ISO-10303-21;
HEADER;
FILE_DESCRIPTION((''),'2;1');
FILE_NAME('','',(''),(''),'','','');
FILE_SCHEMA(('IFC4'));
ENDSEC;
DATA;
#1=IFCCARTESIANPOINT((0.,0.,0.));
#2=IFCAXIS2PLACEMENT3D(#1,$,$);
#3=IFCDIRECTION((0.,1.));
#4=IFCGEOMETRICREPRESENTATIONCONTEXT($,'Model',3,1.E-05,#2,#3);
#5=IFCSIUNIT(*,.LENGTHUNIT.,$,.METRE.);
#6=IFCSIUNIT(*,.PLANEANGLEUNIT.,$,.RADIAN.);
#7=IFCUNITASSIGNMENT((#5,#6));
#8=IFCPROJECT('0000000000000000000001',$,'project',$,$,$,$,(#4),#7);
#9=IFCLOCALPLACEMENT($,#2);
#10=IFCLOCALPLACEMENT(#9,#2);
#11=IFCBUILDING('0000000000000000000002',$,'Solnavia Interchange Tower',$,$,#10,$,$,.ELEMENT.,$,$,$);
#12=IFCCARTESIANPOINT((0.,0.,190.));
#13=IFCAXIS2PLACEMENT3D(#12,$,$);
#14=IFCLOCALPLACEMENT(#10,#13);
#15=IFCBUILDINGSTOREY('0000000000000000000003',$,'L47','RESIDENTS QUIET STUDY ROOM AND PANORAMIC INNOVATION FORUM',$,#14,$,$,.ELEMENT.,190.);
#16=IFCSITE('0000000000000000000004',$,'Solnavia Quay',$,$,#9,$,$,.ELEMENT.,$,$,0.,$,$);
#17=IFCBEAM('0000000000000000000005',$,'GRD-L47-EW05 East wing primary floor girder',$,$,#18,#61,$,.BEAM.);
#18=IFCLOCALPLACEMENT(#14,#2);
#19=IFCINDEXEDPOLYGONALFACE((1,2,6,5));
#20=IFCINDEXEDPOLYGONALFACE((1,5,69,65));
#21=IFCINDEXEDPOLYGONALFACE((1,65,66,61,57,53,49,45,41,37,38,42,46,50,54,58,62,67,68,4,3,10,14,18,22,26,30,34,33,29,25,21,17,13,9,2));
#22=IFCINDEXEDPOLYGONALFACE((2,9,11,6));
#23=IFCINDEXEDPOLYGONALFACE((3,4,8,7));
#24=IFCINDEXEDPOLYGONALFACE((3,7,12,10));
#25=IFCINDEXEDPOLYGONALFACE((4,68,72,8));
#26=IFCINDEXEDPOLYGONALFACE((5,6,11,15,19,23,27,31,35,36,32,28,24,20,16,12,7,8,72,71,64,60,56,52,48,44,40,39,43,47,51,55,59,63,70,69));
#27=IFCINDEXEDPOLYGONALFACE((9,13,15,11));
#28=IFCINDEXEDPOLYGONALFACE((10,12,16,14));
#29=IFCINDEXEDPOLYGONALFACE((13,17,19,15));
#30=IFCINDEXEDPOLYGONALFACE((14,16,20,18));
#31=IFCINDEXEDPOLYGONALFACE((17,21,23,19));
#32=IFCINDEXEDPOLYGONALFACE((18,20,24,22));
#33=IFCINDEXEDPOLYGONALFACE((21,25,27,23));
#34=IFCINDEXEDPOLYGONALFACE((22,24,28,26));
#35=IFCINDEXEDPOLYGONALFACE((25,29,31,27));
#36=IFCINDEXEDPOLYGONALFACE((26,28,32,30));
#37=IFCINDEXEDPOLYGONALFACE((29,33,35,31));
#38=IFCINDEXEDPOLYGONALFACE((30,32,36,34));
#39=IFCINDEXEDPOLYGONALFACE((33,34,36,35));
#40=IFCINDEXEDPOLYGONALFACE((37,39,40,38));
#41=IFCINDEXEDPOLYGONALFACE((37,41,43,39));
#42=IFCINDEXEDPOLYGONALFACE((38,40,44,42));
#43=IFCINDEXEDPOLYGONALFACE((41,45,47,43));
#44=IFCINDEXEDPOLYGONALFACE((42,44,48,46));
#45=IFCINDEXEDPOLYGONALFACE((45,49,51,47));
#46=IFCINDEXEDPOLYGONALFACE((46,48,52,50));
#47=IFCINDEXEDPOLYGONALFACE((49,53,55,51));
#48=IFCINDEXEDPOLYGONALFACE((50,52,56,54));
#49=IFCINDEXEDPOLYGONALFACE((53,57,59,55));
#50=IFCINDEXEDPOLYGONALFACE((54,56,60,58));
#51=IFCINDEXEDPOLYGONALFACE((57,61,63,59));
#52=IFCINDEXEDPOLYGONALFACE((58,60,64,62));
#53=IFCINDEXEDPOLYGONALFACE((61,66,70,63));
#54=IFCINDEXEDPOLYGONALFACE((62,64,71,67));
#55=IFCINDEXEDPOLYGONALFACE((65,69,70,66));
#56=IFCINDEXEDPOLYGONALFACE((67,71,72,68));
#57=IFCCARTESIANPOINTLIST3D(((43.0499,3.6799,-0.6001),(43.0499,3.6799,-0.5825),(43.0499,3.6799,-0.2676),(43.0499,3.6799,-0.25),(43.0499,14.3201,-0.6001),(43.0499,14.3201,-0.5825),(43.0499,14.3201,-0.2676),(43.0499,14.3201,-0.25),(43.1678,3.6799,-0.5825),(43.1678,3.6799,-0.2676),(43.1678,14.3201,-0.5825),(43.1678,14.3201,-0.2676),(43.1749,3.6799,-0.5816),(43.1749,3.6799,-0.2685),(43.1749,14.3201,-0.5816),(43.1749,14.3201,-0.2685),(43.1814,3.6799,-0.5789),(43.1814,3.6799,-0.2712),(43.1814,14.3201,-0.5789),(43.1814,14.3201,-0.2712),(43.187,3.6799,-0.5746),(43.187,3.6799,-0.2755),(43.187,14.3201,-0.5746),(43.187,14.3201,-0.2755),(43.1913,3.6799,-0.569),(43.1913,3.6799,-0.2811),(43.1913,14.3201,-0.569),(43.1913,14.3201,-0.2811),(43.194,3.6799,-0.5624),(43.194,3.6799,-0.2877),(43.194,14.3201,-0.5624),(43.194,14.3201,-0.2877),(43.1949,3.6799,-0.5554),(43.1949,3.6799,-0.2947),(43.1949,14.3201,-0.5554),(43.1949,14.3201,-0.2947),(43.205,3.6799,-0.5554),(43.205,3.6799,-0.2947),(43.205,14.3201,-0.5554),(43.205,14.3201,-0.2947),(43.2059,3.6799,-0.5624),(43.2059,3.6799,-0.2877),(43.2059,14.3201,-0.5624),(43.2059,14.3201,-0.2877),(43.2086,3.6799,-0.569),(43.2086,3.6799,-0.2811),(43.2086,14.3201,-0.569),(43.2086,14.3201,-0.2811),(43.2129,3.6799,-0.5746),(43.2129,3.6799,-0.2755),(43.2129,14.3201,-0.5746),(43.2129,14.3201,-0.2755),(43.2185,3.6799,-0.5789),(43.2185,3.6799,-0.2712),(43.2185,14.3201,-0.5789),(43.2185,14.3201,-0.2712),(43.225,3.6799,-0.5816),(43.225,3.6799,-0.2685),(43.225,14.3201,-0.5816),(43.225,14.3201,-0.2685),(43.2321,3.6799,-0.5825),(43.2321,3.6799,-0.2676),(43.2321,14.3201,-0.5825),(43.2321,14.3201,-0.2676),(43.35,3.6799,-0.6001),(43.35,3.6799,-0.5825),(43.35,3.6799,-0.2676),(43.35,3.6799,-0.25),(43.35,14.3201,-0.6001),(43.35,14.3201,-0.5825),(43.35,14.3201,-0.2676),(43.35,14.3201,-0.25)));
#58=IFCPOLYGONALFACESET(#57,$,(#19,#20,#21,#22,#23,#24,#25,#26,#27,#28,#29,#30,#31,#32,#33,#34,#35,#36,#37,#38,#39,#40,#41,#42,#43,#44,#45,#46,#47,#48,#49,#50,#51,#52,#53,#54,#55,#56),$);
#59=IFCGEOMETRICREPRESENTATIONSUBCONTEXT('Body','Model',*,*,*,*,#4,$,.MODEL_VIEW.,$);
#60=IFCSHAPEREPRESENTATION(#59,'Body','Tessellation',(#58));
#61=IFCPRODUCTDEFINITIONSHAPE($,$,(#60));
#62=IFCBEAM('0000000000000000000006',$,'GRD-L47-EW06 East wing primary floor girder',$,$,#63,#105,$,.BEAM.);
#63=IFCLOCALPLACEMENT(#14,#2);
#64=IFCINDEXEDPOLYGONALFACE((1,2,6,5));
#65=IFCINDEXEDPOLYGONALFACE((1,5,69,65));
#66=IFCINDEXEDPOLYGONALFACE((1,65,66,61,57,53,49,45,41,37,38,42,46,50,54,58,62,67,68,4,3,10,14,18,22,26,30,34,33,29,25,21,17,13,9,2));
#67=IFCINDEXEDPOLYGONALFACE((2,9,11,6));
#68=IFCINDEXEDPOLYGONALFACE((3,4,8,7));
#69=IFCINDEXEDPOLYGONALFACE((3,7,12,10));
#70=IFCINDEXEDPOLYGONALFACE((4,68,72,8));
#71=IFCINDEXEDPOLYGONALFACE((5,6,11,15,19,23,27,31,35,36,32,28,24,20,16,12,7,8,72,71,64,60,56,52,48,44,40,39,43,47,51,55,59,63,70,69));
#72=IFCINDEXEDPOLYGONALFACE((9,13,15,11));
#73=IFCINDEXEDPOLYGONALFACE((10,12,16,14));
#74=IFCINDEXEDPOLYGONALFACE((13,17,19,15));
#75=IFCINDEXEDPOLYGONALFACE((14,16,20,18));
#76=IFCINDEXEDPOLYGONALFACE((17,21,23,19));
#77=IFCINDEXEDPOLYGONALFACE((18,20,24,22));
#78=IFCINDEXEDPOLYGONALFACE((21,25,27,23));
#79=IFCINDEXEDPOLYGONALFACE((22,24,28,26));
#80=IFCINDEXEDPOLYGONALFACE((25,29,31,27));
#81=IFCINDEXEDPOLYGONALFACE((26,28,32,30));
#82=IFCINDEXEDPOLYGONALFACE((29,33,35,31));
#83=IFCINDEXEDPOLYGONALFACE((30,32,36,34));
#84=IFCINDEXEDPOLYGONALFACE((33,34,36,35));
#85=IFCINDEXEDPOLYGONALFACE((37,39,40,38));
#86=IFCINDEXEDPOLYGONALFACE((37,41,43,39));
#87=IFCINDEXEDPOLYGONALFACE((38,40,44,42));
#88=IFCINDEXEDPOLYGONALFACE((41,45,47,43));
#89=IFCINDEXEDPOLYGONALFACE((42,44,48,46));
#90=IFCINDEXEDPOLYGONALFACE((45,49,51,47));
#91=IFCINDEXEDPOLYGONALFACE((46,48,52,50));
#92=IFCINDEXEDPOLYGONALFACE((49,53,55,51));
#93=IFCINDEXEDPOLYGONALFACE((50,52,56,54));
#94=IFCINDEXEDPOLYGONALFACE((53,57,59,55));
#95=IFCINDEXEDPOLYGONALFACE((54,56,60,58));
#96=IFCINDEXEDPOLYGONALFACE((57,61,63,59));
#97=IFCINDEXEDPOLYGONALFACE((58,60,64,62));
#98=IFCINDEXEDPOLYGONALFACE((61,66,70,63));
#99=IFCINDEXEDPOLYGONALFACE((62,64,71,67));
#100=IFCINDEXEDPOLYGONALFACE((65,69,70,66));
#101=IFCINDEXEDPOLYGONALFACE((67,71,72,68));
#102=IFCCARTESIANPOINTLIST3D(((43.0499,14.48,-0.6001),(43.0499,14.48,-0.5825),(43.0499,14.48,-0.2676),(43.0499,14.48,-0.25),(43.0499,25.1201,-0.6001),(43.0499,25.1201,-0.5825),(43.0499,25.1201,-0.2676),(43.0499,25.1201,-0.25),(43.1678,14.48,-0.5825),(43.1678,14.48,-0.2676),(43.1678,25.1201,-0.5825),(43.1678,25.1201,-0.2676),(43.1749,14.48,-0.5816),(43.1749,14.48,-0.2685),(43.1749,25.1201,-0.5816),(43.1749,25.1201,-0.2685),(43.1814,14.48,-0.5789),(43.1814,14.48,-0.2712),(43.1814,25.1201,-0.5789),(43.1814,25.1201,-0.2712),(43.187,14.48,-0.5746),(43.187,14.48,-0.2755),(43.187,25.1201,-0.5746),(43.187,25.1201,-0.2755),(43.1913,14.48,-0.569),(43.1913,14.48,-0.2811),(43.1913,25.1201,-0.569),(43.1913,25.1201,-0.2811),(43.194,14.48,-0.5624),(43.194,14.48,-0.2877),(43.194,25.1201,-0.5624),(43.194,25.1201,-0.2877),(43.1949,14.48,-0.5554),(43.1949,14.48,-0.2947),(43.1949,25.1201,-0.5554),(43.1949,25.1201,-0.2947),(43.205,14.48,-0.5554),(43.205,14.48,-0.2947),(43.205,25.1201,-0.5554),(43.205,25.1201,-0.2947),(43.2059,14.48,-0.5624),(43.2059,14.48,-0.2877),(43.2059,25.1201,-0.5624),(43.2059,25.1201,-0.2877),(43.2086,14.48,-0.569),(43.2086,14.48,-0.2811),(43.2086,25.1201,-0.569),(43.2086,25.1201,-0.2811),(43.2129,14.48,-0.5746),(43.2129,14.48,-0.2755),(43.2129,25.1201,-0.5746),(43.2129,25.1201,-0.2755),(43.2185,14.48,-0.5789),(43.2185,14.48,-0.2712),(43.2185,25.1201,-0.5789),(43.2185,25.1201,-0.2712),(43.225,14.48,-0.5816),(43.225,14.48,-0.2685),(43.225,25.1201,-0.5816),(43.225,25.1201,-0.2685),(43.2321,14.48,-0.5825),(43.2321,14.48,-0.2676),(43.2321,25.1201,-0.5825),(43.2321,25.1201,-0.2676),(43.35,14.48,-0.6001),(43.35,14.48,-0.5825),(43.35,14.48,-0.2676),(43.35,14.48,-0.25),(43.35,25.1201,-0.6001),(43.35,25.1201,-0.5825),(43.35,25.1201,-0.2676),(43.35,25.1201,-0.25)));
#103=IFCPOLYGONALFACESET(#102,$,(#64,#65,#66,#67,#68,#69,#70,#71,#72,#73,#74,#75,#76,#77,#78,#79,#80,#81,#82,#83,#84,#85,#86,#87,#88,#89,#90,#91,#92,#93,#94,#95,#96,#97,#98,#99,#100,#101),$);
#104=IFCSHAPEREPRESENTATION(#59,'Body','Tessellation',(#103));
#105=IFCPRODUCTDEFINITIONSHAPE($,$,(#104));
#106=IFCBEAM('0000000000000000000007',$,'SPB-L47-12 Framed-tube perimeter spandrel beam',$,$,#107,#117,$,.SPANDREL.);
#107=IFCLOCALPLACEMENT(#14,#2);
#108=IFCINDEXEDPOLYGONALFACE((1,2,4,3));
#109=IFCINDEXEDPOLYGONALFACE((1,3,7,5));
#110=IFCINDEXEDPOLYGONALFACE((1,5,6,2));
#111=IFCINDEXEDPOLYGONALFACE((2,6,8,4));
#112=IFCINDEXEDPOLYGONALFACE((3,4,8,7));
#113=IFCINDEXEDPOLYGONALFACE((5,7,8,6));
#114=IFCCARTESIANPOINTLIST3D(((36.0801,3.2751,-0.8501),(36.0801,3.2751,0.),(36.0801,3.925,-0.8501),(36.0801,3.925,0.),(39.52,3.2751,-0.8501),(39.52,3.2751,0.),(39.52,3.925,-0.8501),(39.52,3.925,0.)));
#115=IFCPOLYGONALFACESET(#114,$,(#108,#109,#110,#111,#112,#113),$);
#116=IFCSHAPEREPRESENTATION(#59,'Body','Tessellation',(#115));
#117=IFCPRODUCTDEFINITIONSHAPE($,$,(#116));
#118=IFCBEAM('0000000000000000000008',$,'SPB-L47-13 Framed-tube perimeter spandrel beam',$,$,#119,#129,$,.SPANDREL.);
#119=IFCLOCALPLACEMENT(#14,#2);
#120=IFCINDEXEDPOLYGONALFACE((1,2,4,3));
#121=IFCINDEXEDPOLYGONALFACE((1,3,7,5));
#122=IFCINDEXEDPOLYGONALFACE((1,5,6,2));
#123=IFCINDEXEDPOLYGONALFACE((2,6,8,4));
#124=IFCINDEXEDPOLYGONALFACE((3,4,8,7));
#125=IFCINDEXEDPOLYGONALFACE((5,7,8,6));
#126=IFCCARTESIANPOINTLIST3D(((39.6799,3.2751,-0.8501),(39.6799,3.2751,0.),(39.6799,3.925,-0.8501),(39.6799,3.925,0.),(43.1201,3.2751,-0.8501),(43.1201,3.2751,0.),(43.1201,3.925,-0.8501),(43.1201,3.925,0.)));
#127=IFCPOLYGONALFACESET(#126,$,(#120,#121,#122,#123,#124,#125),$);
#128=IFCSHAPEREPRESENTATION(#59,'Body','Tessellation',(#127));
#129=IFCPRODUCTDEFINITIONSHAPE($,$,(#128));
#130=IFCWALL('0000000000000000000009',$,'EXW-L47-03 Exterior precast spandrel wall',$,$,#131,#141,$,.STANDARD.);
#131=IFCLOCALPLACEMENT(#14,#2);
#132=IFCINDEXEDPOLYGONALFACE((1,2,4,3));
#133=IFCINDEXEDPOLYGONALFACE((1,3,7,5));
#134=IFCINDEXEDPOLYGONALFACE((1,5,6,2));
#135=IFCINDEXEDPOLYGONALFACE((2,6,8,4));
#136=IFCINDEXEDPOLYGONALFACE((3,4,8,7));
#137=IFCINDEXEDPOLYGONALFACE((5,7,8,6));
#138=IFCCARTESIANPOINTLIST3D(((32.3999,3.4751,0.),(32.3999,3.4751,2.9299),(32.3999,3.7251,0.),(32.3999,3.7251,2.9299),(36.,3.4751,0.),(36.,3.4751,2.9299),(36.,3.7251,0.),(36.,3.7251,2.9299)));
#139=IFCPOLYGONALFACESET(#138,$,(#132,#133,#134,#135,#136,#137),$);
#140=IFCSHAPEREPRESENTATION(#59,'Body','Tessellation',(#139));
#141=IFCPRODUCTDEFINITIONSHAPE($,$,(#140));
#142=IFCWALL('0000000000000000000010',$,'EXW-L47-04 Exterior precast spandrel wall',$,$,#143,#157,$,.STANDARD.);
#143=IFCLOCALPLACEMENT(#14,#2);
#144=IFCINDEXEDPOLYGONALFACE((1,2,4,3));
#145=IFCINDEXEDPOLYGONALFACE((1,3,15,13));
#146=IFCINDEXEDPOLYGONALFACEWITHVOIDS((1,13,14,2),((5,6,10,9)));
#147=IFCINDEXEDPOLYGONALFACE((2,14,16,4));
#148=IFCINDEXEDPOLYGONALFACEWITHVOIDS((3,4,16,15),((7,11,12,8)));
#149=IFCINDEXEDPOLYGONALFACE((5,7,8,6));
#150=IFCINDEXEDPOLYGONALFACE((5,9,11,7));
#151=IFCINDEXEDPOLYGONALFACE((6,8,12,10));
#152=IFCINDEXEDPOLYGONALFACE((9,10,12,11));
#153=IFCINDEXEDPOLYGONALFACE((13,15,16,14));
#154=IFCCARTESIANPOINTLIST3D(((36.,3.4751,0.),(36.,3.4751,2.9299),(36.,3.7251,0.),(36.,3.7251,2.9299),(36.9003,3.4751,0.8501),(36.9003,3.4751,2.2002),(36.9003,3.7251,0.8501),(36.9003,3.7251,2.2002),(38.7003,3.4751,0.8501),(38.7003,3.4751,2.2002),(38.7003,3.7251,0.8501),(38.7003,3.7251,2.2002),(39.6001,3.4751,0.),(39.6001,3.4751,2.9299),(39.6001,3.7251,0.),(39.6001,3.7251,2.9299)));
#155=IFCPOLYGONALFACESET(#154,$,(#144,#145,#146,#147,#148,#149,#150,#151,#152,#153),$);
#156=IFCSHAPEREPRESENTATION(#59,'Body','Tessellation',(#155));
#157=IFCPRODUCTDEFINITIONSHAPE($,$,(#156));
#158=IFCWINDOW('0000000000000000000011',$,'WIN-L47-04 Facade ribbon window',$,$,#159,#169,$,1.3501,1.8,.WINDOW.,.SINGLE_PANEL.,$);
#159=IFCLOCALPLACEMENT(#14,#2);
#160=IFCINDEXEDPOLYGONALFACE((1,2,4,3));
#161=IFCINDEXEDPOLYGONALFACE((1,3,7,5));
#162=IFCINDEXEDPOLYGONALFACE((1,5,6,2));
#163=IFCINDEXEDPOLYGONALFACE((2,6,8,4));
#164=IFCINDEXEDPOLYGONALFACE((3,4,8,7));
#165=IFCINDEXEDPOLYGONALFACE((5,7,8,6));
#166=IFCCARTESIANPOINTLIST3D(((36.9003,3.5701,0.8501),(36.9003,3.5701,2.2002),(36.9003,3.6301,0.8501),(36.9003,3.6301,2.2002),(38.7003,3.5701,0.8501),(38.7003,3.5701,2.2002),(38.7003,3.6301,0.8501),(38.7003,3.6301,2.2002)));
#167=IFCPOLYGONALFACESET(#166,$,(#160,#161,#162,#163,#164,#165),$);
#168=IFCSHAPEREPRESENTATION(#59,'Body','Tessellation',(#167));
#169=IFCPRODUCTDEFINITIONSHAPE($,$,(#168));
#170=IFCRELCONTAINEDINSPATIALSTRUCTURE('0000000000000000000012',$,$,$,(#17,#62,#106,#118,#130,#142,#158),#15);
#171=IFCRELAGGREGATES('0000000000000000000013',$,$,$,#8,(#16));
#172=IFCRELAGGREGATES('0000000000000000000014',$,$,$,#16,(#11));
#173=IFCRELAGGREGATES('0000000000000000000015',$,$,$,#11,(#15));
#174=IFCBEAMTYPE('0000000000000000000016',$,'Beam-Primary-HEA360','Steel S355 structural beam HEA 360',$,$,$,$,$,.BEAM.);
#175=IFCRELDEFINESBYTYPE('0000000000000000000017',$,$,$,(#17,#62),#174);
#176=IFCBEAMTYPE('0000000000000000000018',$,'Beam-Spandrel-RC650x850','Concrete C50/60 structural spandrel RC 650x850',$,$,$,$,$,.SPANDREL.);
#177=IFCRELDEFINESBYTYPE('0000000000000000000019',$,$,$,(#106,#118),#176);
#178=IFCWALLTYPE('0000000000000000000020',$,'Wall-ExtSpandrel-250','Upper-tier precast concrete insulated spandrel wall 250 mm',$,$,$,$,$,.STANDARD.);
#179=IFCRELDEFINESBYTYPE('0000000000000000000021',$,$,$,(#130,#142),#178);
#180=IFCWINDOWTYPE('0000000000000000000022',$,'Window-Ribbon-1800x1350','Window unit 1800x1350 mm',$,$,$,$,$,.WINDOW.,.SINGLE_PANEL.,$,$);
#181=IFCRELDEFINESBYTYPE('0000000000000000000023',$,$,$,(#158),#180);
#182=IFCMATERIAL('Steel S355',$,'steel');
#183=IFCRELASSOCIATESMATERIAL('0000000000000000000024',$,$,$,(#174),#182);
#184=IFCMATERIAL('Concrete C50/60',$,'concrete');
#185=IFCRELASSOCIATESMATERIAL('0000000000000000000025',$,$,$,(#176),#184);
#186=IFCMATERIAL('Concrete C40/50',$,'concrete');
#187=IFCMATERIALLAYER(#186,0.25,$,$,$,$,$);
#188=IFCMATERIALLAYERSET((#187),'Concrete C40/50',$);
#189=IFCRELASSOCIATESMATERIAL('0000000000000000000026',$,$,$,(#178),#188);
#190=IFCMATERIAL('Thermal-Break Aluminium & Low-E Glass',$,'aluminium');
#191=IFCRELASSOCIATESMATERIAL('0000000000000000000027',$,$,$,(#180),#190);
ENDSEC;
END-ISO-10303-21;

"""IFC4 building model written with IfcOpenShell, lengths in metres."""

from ifc_helpers import new_model, si_unit, direction, frame, frame_2d, origin, origin_2d, place, context, subcontext, project, spatial, rectangle, i_section, extrude, material, layer, layer_set, material_profile, profile_set, type_object, element, fill, save


model = new_model("IFC4")

# Units and contexts
model_context = context("Model", 3, precision=1e-05, world=origin(), true_north=direction((0.0, 1.0)))
body_context = subcontext(model_context, "Body", "Model", "MODEL_VIEW")
ifc_project = project(units=[si_unit("LENGTHUNIT", "METRE"), si_unit("PLANEANGLEUNIT", "RADIAN")], contexts=[model_context])

# Site, building, storey
site_placement = place(None, origin())
site = spatial("IfcSite", under=ifc_project, at=site_placement, Name="Solnavia Quay", CompositionType="ELEMENT", RefElevation=0.0)
building_placement = place(site_placement, origin())
building = spatial("IfcBuilding", under=site, at=building_placement, Name="Solnavia Interchange Tower", CompositionType="ELEMENT")
storey_placement = place(building_placement, frame((0.0, 0.0, 190.0)))
storey = spatial("IfcBuildingStorey", under=building, at=storey_placement, Name="L47", Description="RESIDENTS QUIET STUDY ROOM AND PANORAMIC INNOVATION FORUM", CompositionType="ELEMENT", Elevation=190.0)

# Shared definitions
ifc_material_1 = material(Name="Concrete C50/60", Category="concrete")
ifc_material_2 = material(Name="Steel S355", Category="steel")

# Beams
ifc_material_profile_1 = material_profile(ifc_material_2, i_section(OverallWidth=0.3, OverallDepth=0.3501, WebThickness=0.01, FlangeThickness=0.0176, FilletRadius=0.0271, at=origin_2d()), Name="HEA 360")
ifc_profile_set_1 = profile_set([ifc_material_profile_1], Name="Steel S355")
beam_type_1 = type_object("IfcBeamType", Name="Beam-Primary-HEA360", Description="Steel S355 structural beam HEA 360", PredefinedType="BEAM", material=ifc_profile_set_1)
for number, where, z_axis, x_axis, name in (
    (1, (43.2, 3.6799, -0.425), (0.0, 1.0, 0.0), (-1.0, 0.0, 0.0), "GRD-L47-EW05 East wing primary floor girder"),
    (2, (43.2, 14.48, -0.425), (0.0, 1.0, 0.0), (-1.0, 0.0, 0.0), "GRD-L47-EW06 East wing primary floor girder"),
):
    element("IfcBeam", number, at=place(storey_placement, frame(where, z_axis=z_axis, x_axis=x_axis)), inside=storey, type_object=beam_type_1, Name=name, PredefinedType="BEAM", context=body_context, shape_type="SweptSolid", body=[
        extrude(i_section(OverallWidth=0.3, OverallDepth=0.3501, WebThickness=0.01, FlangeThickness=0.0176, FilletRadius=0.0271, at=origin_2d()), origin(), (0.0, 0.0, 1.0), 10.6401),
    ])
ifc_material_profile_2 = material_profile(ifc_material_1, rectangle(XDim=0.6499, YDim=0.8501, at=origin_2d()), Name="RC 650x850")
ifc_profile_set_2 = profile_set([ifc_material_profile_2], Name="Concrete C50/60")
beam_type_2 = type_object("IfcBeamType", Name="Beam-Spandrel-RC650x850", Description="Concrete C50/60 structural spandrel RC 650x850", PredefinedType="SPANDREL", material=ifc_profile_set_2)
beam_1_placement = place(storey_placement, frame((36.0801, 3.6001, -0.425), z_axis=(1.0, 0.0, 0.0), x_axis=(0.0, 1.0, 0.0)))
element("IfcBeam", 3, at=beam_1_placement, inside=storey, type_object=beam_type_2, Name="SPB-L47-12 Framed-tube perimeter spandrel beam", PredefinedType="SPANDREL", context=body_context, shape_type="SweptSolid", body=[
    extrude(rectangle(XDim=0.6499, YDim=0.8501, at=origin_2d()), origin(), (0.0, 0.0, 1.0), 3.4399),
])
beam_2_placement = place(storey_placement, frame((39.6799, 3.6001, -0.425), z_axis=(1.0, 0.0, 0.0), x_axis=(0.0, 1.0, 0.0)))
element("IfcBeam", 4, at=beam_2_placement, inside=storey, type_object=beam_type_2, Name="SPB-L47-13 Framed-tube perimeter spandrel beam", PredefinedType="SPANDREL", context=body_context, shape_type="SweptSolid", body=[
    extrude(rectangle(XDim=0.6499, YDim=0.8501, at=origin_2d()), origin(), (0.0, 0.0, 1.0), 3.4402),
])

# Wall
ifc_material_3 = material(Name="Concrete C40/50", Category="concrete")
ifc_layer_1 = layer(ifc_material_3, 0.25)
ifc_layer_set_1 = layer_set([ifc_layer_1], Name="Concrete C40/50")
wall_type = type_object("IfcWallType", Name="Wall-ExtSpandrel-250", Description="Upper-tier precast concrete insulated spandrel wall 250 mm", PredefinedType="STANDARD", material=ifc_layer_set_1)
wall_1_placement = place(storey_placement, frame((36.0, 3.6001, 0.0), z_axis=(0.0, 0.0, 1.0), x_axis=(-1.0, 0.0, 0.0)))
element("IfcWall", 5, at=wall_1_placement, inside=storey, type_object=wall_type, Name="EXW-L47-03 Exterior precast spandrel wall", PredefinedType="STANDARD", context=body_context, shape_type="SweptSolid", body=[
    extrude(rectangle(XDim=3.6001, YDim=0.25, at=frame_2d((1.8, 0.0))), origin(), (0.0, 0.0, 1.0), 2.9299),
])

# Wall, opening, window
wall_2_placement = place(storey_placement, frame((39.6001, 3.6001, 0.0), z_axis=(0.0, 0.0, 1.0), x_axis=(-1.0, 0.0, 0.0)))
wall_2 = element("IfcWall", 6, at=wall_2_placement, inside=storey, type_object=wall_type, Name="EXW-L47-04 Exterior precast spandrel wall", PredefinedType="STANDARD", context=body_context, shape_type="SweptSolid", body=[
    extrude(rectangle(XDim=3.6001, YDim=0.25, at=frame_2d((1.8, 0.0))), origin(), (0.0, 0.0, 1.0), 2.9299),
])
opening_1_placement = place(wall_2_placement, frame((0.8999, 0.0, 0.8501)))
opening_1 = element("IfcOpeningElement", 7, at=opening_1_placement, cuts=wall_2, PredefinedType="OPENING", context=body_context, shape_type="SweptSolid", body=[
    extrude(rectangle(XDim=1.8, YDim=1.3501, at=frame_2d((0.8999, 0.675))), frame((0.0, 0.135, 0.0), z_axis=(0.0, -1.0, 0.0), x_axis=(1.0, 0.0, 0.0)), (0.0, 0.0, 1.0), 0.27),
])
ifc_material_4 = material(Name="Thermal-Break Aluminium & Low-E Glass", Category="aluminium")
window_type = type_object("IfcWindowType", Name="Window-Ribbon-1800x1350", Description="Window unit 1800x1350 mm", PartitioningType="SINGLE_PANEL", PredefinedType="WINDOW", material=ifc_material_4)
window_1_placement = place(opening_1_placement, origin())
window_1 = element("IfcWindow", 8, at=window_1_placement, inside=storey, type_object=window_type, Name="WIN-L47-04 Facade ribbon window", OverallHeight=1.3501, OverallWidth=1.8, PartitioningType="SINGLE_PANEL", PredefinedType="WINDOW", context=body_context, shape_type="SweptSolid", body=[
    extrude(rectangle(XDim=1.8, YDim=1.3501, at=frame_2d((0.8999, 0.675))), frame((0.0, 0.03, 0.0), z_axis=(0.0, -1.0, 0.0), x_axis=(1.0, 0.0, 0.0)), (0.0, 0.0, 1.0), 0.0601),
])
fill(opening_1, window_1)

save(model, "model.ifc")
